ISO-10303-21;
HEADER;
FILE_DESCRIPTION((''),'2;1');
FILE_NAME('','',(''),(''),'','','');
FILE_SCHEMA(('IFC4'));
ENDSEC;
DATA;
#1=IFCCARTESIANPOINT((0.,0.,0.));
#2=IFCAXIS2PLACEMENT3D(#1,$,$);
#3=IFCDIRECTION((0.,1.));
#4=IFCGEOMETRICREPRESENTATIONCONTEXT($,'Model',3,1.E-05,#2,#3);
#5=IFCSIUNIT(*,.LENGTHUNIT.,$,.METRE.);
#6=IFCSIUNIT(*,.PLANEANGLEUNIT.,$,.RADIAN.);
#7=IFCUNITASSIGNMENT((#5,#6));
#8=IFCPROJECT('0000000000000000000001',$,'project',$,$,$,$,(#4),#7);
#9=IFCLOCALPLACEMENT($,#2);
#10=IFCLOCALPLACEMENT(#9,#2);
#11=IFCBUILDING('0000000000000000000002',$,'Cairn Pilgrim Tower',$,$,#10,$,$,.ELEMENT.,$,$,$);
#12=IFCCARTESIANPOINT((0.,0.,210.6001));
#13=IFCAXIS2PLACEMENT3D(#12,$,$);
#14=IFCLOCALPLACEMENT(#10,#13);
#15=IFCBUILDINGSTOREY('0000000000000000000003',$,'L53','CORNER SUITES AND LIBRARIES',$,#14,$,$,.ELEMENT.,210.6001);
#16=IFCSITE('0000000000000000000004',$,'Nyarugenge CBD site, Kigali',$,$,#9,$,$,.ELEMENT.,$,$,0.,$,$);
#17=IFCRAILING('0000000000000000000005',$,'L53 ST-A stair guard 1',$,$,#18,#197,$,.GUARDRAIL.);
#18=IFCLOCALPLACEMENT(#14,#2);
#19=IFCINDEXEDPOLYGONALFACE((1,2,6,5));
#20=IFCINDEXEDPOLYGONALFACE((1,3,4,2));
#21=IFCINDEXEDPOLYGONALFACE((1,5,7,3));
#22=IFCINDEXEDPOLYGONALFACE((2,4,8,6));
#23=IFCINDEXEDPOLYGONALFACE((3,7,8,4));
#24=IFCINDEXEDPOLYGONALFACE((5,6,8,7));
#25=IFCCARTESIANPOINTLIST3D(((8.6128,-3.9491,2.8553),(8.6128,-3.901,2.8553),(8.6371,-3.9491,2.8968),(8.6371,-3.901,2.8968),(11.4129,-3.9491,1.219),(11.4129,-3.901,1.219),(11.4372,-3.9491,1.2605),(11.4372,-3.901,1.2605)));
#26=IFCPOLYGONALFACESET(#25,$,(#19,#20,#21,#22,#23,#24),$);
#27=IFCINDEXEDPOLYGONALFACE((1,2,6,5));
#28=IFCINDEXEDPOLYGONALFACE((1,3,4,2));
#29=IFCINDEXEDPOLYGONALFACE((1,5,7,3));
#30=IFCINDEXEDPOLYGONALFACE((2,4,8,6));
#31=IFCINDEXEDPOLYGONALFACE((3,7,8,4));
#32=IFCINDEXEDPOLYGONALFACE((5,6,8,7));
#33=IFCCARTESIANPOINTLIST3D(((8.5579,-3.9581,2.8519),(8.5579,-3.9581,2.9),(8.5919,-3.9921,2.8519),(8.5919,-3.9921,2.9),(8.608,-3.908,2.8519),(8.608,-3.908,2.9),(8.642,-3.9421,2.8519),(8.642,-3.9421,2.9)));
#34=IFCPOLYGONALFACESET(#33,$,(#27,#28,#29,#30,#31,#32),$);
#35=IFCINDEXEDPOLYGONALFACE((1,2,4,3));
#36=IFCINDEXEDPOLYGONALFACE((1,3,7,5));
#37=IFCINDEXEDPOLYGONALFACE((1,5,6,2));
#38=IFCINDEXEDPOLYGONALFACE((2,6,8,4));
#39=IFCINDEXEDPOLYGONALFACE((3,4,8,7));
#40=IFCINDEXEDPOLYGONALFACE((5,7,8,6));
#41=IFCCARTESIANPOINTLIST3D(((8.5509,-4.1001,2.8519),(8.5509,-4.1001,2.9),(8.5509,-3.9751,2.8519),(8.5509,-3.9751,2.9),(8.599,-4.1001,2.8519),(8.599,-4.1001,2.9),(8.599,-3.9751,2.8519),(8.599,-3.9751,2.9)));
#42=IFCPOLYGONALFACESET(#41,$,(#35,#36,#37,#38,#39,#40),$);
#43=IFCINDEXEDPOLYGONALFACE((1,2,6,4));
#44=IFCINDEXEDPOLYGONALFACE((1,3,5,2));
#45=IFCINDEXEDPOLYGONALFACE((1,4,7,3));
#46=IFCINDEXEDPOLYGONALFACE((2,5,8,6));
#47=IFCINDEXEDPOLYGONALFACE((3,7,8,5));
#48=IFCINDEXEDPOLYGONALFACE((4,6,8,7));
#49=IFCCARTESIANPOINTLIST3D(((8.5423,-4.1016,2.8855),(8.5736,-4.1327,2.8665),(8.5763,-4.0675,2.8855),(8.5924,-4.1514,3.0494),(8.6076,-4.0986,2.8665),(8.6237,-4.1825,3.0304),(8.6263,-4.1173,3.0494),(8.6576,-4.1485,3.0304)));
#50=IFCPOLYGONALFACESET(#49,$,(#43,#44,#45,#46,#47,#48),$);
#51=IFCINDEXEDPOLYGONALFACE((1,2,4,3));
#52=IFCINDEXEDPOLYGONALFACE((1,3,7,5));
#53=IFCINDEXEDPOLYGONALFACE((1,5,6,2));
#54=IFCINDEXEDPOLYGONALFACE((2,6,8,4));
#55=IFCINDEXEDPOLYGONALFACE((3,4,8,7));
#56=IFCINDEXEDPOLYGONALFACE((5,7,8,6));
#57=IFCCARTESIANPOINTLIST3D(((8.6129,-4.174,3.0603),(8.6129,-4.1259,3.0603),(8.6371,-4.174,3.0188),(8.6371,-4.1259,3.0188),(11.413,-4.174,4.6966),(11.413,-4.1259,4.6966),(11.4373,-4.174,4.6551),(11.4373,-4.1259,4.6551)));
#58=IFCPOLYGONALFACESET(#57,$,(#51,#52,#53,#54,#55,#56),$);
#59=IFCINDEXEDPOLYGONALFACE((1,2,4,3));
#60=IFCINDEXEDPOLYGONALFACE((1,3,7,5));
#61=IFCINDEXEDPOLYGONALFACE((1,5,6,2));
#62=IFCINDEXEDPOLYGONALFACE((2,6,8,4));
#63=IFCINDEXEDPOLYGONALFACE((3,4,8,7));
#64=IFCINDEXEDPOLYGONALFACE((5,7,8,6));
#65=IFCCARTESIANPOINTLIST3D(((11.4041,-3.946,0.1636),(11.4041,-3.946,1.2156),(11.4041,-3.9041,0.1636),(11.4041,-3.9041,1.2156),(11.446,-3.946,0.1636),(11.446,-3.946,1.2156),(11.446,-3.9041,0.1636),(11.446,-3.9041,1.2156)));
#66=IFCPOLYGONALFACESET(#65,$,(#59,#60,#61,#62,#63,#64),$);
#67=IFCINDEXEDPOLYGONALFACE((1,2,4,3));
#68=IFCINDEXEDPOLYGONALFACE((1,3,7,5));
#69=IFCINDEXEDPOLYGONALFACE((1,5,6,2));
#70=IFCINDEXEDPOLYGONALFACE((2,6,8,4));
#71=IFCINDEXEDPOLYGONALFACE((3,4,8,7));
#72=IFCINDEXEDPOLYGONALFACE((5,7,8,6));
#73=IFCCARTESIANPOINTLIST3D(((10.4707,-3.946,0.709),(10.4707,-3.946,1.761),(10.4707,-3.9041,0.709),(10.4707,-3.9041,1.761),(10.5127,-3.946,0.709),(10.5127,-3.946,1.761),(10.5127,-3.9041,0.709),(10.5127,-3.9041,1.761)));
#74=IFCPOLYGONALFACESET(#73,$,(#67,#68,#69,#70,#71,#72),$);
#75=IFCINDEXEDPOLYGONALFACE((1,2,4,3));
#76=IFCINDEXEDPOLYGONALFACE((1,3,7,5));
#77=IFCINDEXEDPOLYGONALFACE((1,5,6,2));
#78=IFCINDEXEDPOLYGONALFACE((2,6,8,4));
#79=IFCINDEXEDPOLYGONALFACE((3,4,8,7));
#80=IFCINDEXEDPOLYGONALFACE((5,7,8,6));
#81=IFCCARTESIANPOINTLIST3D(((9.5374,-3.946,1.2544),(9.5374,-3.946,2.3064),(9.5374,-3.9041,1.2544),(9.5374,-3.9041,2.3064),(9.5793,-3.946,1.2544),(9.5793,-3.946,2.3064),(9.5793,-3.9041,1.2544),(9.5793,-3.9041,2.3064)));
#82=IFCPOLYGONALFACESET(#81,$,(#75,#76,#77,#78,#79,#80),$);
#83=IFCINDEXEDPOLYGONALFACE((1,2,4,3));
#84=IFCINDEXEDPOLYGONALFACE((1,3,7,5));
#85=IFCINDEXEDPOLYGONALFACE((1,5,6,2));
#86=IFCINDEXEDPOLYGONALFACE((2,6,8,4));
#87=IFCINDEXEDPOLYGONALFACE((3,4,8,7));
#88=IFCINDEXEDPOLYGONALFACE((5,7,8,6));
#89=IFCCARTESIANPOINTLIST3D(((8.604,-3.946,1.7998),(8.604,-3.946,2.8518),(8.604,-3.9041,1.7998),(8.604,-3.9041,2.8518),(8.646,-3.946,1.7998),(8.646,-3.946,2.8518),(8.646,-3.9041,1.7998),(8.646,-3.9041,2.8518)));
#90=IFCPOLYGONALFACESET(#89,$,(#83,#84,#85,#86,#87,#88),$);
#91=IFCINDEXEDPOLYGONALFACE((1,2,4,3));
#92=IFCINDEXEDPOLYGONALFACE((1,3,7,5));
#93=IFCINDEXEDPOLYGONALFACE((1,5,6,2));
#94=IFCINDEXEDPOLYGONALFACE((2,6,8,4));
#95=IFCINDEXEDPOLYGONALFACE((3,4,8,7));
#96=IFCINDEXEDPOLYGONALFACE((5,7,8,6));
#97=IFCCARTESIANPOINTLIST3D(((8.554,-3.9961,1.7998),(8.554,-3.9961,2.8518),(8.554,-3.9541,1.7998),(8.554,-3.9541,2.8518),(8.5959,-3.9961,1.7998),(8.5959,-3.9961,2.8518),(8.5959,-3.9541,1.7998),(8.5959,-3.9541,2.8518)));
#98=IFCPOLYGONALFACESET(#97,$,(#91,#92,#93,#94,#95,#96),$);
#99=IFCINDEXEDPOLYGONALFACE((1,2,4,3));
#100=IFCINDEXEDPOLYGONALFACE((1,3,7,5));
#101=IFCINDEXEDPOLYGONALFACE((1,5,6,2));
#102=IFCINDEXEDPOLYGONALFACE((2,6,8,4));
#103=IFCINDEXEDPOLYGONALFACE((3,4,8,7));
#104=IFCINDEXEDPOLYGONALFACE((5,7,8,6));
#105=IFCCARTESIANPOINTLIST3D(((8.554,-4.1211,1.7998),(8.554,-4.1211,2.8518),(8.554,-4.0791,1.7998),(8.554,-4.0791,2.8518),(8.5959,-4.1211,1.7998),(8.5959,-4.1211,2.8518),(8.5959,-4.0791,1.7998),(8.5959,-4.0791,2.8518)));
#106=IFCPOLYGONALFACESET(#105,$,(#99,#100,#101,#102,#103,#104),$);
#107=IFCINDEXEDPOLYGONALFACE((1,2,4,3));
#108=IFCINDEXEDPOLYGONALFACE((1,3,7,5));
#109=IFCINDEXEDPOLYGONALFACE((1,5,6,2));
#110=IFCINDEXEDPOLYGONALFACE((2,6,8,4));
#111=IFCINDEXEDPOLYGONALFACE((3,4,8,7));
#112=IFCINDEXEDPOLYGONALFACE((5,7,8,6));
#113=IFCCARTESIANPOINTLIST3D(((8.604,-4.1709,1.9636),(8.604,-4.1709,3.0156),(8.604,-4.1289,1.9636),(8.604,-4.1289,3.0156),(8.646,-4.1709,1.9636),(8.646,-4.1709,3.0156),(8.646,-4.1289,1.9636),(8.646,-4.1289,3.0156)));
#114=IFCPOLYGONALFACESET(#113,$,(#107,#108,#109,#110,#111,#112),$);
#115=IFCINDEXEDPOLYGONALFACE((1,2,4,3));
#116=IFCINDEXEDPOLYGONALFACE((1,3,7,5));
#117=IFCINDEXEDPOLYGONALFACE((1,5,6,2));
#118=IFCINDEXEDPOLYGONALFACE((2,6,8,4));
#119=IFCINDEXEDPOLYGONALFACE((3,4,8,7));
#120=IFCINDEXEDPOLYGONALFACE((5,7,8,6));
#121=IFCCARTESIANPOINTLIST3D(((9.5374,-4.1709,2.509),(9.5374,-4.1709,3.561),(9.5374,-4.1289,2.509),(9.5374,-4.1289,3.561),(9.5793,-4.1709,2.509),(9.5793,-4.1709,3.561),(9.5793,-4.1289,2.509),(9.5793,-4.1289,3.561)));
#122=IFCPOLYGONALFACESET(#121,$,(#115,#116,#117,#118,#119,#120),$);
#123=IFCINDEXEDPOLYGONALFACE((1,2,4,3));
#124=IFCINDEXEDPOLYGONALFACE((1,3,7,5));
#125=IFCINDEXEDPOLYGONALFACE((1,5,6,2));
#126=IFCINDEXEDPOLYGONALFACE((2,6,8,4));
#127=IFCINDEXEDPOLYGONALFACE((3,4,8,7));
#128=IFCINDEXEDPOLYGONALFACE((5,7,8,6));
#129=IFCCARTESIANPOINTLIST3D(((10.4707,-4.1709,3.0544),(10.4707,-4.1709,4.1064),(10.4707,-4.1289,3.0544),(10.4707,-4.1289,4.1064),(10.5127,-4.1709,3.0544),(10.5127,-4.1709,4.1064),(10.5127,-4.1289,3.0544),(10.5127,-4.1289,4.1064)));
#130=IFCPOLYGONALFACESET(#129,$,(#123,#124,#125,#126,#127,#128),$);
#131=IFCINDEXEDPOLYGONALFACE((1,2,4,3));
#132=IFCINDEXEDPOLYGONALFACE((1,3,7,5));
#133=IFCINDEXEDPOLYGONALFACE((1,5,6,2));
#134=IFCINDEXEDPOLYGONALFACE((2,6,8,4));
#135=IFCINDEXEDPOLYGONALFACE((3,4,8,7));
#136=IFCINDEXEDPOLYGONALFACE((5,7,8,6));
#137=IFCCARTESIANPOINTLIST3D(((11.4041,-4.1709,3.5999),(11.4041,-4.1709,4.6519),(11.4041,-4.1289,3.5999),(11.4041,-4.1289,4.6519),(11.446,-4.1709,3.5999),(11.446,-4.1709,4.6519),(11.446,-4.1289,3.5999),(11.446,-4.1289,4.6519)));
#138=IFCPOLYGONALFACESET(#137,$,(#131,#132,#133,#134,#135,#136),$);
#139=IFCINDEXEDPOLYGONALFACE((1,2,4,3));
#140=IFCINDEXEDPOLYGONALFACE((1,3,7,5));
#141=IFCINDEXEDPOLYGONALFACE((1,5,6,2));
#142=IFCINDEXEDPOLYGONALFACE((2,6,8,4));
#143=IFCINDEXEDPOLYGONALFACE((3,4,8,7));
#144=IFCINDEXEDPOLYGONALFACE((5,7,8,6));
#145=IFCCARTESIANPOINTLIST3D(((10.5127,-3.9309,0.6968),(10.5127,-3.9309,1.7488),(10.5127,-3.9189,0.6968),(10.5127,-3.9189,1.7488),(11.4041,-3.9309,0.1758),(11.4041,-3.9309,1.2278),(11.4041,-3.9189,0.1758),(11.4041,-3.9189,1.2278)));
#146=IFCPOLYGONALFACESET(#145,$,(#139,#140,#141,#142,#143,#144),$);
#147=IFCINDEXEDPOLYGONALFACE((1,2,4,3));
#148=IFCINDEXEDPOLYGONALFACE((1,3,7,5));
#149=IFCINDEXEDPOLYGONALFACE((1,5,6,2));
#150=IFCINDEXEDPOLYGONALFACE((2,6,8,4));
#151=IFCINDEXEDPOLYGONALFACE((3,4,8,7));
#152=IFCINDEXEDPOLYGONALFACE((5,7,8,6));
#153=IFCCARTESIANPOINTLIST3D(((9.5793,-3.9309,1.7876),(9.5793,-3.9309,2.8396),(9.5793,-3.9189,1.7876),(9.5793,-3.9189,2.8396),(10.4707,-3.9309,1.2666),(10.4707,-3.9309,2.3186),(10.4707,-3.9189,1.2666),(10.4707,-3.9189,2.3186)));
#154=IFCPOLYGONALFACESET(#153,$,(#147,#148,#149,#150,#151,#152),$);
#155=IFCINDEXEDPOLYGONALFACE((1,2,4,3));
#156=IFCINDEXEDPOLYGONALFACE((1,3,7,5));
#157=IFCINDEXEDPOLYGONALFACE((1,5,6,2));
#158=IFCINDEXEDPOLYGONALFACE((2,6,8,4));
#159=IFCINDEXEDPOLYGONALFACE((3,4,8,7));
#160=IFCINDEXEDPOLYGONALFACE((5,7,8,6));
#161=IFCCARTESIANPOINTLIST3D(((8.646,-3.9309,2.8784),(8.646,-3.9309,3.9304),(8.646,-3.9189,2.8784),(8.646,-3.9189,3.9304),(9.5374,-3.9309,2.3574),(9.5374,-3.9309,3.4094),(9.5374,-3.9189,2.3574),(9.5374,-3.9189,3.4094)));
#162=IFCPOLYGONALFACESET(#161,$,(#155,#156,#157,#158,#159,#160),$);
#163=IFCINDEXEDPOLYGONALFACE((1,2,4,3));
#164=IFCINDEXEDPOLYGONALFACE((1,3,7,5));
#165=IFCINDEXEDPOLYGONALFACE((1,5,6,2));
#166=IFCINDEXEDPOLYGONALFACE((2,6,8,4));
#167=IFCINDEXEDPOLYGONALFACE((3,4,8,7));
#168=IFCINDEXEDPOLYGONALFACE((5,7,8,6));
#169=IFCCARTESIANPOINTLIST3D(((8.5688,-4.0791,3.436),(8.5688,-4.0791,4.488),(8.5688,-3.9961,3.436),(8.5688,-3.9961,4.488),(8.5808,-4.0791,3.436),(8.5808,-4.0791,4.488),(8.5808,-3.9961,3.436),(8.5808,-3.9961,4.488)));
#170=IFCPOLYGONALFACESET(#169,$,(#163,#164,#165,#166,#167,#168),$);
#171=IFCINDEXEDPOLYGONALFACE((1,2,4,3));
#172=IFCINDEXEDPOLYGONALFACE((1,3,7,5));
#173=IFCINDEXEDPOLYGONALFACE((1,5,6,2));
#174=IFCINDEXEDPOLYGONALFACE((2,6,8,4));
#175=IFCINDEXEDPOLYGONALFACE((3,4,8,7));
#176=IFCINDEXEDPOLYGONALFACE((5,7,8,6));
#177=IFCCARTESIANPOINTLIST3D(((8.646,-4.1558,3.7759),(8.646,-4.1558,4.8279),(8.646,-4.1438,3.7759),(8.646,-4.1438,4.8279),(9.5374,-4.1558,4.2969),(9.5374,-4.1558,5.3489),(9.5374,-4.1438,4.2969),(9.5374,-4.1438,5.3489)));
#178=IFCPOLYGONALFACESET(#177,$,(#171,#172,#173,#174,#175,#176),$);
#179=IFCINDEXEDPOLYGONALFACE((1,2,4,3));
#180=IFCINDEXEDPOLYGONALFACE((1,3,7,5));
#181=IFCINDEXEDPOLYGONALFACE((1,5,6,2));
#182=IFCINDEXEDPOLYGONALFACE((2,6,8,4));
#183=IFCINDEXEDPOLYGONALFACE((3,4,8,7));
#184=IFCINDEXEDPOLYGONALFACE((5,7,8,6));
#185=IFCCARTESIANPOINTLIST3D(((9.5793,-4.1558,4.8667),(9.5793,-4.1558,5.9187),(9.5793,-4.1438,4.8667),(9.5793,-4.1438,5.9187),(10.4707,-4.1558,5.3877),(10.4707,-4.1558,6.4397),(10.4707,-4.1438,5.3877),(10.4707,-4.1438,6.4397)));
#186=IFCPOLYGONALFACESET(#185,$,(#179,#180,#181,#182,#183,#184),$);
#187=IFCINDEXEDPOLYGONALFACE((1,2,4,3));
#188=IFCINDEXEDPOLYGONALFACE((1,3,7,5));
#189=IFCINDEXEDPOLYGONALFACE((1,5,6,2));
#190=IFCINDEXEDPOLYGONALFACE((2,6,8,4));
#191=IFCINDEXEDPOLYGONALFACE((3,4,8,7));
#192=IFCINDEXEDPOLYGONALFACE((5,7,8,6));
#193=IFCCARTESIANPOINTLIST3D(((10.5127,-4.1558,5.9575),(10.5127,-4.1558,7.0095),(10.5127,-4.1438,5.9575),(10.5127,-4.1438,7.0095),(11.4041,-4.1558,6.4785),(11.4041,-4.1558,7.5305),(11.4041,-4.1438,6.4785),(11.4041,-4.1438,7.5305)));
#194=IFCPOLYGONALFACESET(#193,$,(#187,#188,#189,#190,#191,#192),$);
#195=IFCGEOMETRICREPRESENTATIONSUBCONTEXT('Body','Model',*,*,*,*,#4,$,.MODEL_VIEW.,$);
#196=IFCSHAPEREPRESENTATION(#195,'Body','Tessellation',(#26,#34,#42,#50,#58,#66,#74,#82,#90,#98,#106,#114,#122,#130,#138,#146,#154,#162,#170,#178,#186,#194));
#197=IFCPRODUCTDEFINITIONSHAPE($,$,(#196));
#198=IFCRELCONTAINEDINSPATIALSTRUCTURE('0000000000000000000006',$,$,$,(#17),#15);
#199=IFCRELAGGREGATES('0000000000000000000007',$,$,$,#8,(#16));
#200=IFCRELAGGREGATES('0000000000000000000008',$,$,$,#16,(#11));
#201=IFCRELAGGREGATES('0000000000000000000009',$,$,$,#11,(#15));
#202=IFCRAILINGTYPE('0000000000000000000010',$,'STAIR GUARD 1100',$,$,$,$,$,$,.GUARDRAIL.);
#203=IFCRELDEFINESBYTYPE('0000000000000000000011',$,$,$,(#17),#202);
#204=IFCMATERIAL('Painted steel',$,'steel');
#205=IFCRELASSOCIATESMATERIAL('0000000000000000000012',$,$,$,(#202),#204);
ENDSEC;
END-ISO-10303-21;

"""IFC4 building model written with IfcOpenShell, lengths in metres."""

from ifc_helpers import new_model, si_unit, direction, frame, origin, origin_2d, place, context, subcontext, project, spatial, polyline, rectangle, outline, extrude, material, type_object, element, save


model = new_model("IFC4")

# Units and contexts
model_context = context("Model", 3, precision=1e-05, world=origin(), true_north=direction((0.0, 1.0)))
body_context = subcontext(model_context, "Body", "Model", "MODEL_VIEW")
ifc_project = project(units=[si_unit("LENGTHUNIT", "METRE"), si_unit("PLANEANGLEUNIT", "RADIAN")], contexts=[model_context])

# Site, building, storey
site_placement = place(None, origin())
site = spatial("IfcSite", under=ifc_project, at=site_placement, Name="Nyarugenge CBD site, Kigali", CompositionType="ELEMENT", RefElevation=0.0)
building_placement = place(site_placement, origin())
building = spatial("IfcBuilding", under=site, at=building_placement, Name="Cairn Pilgrim Tower", CompositionType="ELEMENT")
storey_placement = place(building_placement, frame((0.0, 0.0, 210.6001)))
storey = spatial("IfcBuildingStorey", under=building, at=storey_placement, Name="L53", Description="CORNER SUITES AND LIBRARIES", CompositionType="ELEMENT", Elevation=210.6001)

# Shared definitions
ifc_material_1 = material(Name="Painted steel", Category="steel")

# Railing
railing_type_1 = type_object("IfcRailingType", Name="STAIR GUARD 1100", PredefinedType="GUARDRAIL", material=ifc_material_1)
railing_1_placement = place(storey_placement, frame((11.425, -3.925, 0.1636)))
element("IfcRailing", 1, at=railing_1_placement, inside=storey, type_object=railing_type_1, Name="L53 ST-A stair guard 1", PredefinedType="GUARDRAIL", context=body_context, shape_type="SweptSolid", body=[
    extrude(rectangle(XDim=0.0481, YDim=0.0481, at=origin_2d()), frame((0.0, 0.0, 1.0762), z_axis=(-0.863394, 0.0, 0.504531), x_axis=(0.0, -1.0, 0.0)), (0.0, 0.0, 1.0), 3.2432),
    extrude(rectangle(XDim=0.0481, YDim=0.0481, at=origin_2d()), frame((-2.8, 0.0, 2.7124), z_axis=(-0.707107, -0.707107, 0.0), x_axis=(0.707107, -0.707107, 0.0)), (0.0, 0.0, 1.0), 0.0708),
    extrude(rectangle(XDim=0.0481, YDim=0.0481, at=origin_2d()), frame((-2.8501, -0.05, 2.7124), z_axis=(0.0, -1.0, 0.0), x_axis=(1.0, 0.0, 0.0)), (0.0, 0.0, 1.0), 0.125),
    extrude(rectangle(XDim=0.0481, YDim=0.0481, at=origin_2d()), frame((-2.8501, -0.175, 2.7124), z_axis=(0.280564, -0.279195, 0.918332), x_axis=(0.705376, 0.708834, 0.0)), (0.0, 0.0, 1.0), 0.1785),
    extrude(rectangle(XDim=0.0481, YDim=0.0481, at=origin_2d()), frame((-2.8, -0.2249, 2.876), z_axis=(0.863394, 0.0, 0.504531), x_axis=(0.0, 1.0, 0.0)), (0.0, 0.0, 1.0), 3.2432),
    extrude(rectangle(XDim=0.042, YDim=0.042, at=origin_2d()), origin(), (0.0, 0.0, 1.0), 1.052),
    extrude(rectangle(XDim=0.042, YDim=0.042, at=origin_2d()), frame((-0.9333, 0.0, 0.5454)), (0.0, 0.0, 1.0), 1.052),
    extrude(rectangle(XDim=0.042, YDim=0.042, at=origin_2d()), frame((-1.8667, 0.0, 1.0908)), (0.0, 0.0, 1.0), 1.052),
    extrude(rectangle(XDim=0.042, YDim=0.042, at=origin_2d()), frame((-2.8, 0.0, 1.6362)), (0.0, 0.0, 1.0), 1.052),
    extrude(rectangle(XDim=0.042, YDim=0.042, at=origin_2d()), frame((-2.8501, -0.05, 1.6362)), (0.0, 0.0, 1.0), 1.052),
    extrude(rectangle(XDim=0.042, YDim=0.042, at=origin_2d()), frame((-2.8501, -0.175, 1.6362)), (0.0, 0.0, 1.0), 1.052),
    extrude(rectangle(XDim=0.042, YDim=0.042, at=origin_2d()), frame((-2.8, -0.2249, 1.8)), (0.0, 0.0, 1.0), 1.052),
    extrude(rectangle(XDim=0.042, YDim=0.042, at=origin_2d()), frame((-1.8667, -0.2249, 2.3455)), (0.0, 0.0, 1.0), 1.052),
    extrude(rectangle(XDim=0.042, YDim=0.042, at=origin_2d()), frame((-0.9333, -0.2249, 2.8909)), (0.0, 0.0, 1.0), 1.052),
    extrude(rectangle(XDim=0.042, YDim=0.042, at=origin_2d()), frame((0.0, -0.2249, 3.4363)), (0.0, 0.0, 1.0), 1.052),
    extrude(outline(polyline([(0.021, 0.0122), (0.9124, 0.5332), (0.9124, 1.5852), (0.021, 1.0642), (0.021, 0.0122)])), frame((0.0, -0.0059, 0.0), z_axis=(0.0, 1.0, 0.0), x_axis=(-1.0, 0.0, 0.0)), (0.0, 0.0, 1.0), 0.012),
    extrude(outline(polyline([(0.021, 0.5576), (0.9124, 1.0786), (0.9124, 2.1306), (0.021, 1.6096), (0.021, 0.5576)])), frame((-0.9333, -0.0059, 0.5454), z_axis=(0.0, 1.0, 0.0), x_axis=(-1.0, 0.0, 0.0)), (0.0, 0.0, 1.0), 0.012),
    extrude(outline(polyline([(0.021, 1.103), (0.9124, 1.624), (0.9124, 2.676), (0.021, 2.155), (0.021, 1.103)])), frame((-1.8667, -0.0059, 1.0908), z_axis=(0.0, 1.0, 0.0), x_axis=(-1.0, 0.0, 0.0)), (0.0, 0.0, 1.0), 0.012),
    extrude(outline(polyline([(0.021, 1.6362), (0.104, 1.6362), (0.104, 2.6882), (0.021, 2.6882), (0.021, 1.6362)])), frame((-2.8442, -0.05, 1.6362), z_axis=(-1.0, 0.0, 0.0), x_axis=(0.0, -1.0, 0.0)), (0.0, 0.0, 1.0), 0.012),
    extrude(outline(polyline([(0.021, 1.8123), (0.9124, 2.3333), (0.9124, 3.3853), (0.021, 2.8643), (0.021, 1.8123)])), frame((-2.8, -0.2188, 1.8), z_axis=(0.0, -1.0, 0.0), x_axis=(1.0, 0.0, 0.0)), (0.0, 0.0, 1.0), 0.012),
    extrude(outline(polyline([(0.021, 2.3577), (0.9124, 2.8787), (0.9124, 3.9307), (0.021, 3.4097), (0.021, 2.3577)])), frame((-1.8667, -0.2188, 2.3455), z_axis=(0.0, -1.0, 0.0), x_axis=(1.0, 0.0, 0.0)), (0.0, 0.0, 1.0), 0.012),
    extrude(outline(polyline([(0.021, 2.9031), (0.9124, 3.4241), (0.9124, 4.4761), (0.021, 3.9551), (0.021, 2.9031)])), frame((-0.9333, -0.2188, 2.8909), z_axis=(0.0, -1.0, 0.0), x_axis=(1.0, 0.0, 0.0)), (0.0, 0.0, 1.0), 0.012),
])

save(model, "model.ifc")
